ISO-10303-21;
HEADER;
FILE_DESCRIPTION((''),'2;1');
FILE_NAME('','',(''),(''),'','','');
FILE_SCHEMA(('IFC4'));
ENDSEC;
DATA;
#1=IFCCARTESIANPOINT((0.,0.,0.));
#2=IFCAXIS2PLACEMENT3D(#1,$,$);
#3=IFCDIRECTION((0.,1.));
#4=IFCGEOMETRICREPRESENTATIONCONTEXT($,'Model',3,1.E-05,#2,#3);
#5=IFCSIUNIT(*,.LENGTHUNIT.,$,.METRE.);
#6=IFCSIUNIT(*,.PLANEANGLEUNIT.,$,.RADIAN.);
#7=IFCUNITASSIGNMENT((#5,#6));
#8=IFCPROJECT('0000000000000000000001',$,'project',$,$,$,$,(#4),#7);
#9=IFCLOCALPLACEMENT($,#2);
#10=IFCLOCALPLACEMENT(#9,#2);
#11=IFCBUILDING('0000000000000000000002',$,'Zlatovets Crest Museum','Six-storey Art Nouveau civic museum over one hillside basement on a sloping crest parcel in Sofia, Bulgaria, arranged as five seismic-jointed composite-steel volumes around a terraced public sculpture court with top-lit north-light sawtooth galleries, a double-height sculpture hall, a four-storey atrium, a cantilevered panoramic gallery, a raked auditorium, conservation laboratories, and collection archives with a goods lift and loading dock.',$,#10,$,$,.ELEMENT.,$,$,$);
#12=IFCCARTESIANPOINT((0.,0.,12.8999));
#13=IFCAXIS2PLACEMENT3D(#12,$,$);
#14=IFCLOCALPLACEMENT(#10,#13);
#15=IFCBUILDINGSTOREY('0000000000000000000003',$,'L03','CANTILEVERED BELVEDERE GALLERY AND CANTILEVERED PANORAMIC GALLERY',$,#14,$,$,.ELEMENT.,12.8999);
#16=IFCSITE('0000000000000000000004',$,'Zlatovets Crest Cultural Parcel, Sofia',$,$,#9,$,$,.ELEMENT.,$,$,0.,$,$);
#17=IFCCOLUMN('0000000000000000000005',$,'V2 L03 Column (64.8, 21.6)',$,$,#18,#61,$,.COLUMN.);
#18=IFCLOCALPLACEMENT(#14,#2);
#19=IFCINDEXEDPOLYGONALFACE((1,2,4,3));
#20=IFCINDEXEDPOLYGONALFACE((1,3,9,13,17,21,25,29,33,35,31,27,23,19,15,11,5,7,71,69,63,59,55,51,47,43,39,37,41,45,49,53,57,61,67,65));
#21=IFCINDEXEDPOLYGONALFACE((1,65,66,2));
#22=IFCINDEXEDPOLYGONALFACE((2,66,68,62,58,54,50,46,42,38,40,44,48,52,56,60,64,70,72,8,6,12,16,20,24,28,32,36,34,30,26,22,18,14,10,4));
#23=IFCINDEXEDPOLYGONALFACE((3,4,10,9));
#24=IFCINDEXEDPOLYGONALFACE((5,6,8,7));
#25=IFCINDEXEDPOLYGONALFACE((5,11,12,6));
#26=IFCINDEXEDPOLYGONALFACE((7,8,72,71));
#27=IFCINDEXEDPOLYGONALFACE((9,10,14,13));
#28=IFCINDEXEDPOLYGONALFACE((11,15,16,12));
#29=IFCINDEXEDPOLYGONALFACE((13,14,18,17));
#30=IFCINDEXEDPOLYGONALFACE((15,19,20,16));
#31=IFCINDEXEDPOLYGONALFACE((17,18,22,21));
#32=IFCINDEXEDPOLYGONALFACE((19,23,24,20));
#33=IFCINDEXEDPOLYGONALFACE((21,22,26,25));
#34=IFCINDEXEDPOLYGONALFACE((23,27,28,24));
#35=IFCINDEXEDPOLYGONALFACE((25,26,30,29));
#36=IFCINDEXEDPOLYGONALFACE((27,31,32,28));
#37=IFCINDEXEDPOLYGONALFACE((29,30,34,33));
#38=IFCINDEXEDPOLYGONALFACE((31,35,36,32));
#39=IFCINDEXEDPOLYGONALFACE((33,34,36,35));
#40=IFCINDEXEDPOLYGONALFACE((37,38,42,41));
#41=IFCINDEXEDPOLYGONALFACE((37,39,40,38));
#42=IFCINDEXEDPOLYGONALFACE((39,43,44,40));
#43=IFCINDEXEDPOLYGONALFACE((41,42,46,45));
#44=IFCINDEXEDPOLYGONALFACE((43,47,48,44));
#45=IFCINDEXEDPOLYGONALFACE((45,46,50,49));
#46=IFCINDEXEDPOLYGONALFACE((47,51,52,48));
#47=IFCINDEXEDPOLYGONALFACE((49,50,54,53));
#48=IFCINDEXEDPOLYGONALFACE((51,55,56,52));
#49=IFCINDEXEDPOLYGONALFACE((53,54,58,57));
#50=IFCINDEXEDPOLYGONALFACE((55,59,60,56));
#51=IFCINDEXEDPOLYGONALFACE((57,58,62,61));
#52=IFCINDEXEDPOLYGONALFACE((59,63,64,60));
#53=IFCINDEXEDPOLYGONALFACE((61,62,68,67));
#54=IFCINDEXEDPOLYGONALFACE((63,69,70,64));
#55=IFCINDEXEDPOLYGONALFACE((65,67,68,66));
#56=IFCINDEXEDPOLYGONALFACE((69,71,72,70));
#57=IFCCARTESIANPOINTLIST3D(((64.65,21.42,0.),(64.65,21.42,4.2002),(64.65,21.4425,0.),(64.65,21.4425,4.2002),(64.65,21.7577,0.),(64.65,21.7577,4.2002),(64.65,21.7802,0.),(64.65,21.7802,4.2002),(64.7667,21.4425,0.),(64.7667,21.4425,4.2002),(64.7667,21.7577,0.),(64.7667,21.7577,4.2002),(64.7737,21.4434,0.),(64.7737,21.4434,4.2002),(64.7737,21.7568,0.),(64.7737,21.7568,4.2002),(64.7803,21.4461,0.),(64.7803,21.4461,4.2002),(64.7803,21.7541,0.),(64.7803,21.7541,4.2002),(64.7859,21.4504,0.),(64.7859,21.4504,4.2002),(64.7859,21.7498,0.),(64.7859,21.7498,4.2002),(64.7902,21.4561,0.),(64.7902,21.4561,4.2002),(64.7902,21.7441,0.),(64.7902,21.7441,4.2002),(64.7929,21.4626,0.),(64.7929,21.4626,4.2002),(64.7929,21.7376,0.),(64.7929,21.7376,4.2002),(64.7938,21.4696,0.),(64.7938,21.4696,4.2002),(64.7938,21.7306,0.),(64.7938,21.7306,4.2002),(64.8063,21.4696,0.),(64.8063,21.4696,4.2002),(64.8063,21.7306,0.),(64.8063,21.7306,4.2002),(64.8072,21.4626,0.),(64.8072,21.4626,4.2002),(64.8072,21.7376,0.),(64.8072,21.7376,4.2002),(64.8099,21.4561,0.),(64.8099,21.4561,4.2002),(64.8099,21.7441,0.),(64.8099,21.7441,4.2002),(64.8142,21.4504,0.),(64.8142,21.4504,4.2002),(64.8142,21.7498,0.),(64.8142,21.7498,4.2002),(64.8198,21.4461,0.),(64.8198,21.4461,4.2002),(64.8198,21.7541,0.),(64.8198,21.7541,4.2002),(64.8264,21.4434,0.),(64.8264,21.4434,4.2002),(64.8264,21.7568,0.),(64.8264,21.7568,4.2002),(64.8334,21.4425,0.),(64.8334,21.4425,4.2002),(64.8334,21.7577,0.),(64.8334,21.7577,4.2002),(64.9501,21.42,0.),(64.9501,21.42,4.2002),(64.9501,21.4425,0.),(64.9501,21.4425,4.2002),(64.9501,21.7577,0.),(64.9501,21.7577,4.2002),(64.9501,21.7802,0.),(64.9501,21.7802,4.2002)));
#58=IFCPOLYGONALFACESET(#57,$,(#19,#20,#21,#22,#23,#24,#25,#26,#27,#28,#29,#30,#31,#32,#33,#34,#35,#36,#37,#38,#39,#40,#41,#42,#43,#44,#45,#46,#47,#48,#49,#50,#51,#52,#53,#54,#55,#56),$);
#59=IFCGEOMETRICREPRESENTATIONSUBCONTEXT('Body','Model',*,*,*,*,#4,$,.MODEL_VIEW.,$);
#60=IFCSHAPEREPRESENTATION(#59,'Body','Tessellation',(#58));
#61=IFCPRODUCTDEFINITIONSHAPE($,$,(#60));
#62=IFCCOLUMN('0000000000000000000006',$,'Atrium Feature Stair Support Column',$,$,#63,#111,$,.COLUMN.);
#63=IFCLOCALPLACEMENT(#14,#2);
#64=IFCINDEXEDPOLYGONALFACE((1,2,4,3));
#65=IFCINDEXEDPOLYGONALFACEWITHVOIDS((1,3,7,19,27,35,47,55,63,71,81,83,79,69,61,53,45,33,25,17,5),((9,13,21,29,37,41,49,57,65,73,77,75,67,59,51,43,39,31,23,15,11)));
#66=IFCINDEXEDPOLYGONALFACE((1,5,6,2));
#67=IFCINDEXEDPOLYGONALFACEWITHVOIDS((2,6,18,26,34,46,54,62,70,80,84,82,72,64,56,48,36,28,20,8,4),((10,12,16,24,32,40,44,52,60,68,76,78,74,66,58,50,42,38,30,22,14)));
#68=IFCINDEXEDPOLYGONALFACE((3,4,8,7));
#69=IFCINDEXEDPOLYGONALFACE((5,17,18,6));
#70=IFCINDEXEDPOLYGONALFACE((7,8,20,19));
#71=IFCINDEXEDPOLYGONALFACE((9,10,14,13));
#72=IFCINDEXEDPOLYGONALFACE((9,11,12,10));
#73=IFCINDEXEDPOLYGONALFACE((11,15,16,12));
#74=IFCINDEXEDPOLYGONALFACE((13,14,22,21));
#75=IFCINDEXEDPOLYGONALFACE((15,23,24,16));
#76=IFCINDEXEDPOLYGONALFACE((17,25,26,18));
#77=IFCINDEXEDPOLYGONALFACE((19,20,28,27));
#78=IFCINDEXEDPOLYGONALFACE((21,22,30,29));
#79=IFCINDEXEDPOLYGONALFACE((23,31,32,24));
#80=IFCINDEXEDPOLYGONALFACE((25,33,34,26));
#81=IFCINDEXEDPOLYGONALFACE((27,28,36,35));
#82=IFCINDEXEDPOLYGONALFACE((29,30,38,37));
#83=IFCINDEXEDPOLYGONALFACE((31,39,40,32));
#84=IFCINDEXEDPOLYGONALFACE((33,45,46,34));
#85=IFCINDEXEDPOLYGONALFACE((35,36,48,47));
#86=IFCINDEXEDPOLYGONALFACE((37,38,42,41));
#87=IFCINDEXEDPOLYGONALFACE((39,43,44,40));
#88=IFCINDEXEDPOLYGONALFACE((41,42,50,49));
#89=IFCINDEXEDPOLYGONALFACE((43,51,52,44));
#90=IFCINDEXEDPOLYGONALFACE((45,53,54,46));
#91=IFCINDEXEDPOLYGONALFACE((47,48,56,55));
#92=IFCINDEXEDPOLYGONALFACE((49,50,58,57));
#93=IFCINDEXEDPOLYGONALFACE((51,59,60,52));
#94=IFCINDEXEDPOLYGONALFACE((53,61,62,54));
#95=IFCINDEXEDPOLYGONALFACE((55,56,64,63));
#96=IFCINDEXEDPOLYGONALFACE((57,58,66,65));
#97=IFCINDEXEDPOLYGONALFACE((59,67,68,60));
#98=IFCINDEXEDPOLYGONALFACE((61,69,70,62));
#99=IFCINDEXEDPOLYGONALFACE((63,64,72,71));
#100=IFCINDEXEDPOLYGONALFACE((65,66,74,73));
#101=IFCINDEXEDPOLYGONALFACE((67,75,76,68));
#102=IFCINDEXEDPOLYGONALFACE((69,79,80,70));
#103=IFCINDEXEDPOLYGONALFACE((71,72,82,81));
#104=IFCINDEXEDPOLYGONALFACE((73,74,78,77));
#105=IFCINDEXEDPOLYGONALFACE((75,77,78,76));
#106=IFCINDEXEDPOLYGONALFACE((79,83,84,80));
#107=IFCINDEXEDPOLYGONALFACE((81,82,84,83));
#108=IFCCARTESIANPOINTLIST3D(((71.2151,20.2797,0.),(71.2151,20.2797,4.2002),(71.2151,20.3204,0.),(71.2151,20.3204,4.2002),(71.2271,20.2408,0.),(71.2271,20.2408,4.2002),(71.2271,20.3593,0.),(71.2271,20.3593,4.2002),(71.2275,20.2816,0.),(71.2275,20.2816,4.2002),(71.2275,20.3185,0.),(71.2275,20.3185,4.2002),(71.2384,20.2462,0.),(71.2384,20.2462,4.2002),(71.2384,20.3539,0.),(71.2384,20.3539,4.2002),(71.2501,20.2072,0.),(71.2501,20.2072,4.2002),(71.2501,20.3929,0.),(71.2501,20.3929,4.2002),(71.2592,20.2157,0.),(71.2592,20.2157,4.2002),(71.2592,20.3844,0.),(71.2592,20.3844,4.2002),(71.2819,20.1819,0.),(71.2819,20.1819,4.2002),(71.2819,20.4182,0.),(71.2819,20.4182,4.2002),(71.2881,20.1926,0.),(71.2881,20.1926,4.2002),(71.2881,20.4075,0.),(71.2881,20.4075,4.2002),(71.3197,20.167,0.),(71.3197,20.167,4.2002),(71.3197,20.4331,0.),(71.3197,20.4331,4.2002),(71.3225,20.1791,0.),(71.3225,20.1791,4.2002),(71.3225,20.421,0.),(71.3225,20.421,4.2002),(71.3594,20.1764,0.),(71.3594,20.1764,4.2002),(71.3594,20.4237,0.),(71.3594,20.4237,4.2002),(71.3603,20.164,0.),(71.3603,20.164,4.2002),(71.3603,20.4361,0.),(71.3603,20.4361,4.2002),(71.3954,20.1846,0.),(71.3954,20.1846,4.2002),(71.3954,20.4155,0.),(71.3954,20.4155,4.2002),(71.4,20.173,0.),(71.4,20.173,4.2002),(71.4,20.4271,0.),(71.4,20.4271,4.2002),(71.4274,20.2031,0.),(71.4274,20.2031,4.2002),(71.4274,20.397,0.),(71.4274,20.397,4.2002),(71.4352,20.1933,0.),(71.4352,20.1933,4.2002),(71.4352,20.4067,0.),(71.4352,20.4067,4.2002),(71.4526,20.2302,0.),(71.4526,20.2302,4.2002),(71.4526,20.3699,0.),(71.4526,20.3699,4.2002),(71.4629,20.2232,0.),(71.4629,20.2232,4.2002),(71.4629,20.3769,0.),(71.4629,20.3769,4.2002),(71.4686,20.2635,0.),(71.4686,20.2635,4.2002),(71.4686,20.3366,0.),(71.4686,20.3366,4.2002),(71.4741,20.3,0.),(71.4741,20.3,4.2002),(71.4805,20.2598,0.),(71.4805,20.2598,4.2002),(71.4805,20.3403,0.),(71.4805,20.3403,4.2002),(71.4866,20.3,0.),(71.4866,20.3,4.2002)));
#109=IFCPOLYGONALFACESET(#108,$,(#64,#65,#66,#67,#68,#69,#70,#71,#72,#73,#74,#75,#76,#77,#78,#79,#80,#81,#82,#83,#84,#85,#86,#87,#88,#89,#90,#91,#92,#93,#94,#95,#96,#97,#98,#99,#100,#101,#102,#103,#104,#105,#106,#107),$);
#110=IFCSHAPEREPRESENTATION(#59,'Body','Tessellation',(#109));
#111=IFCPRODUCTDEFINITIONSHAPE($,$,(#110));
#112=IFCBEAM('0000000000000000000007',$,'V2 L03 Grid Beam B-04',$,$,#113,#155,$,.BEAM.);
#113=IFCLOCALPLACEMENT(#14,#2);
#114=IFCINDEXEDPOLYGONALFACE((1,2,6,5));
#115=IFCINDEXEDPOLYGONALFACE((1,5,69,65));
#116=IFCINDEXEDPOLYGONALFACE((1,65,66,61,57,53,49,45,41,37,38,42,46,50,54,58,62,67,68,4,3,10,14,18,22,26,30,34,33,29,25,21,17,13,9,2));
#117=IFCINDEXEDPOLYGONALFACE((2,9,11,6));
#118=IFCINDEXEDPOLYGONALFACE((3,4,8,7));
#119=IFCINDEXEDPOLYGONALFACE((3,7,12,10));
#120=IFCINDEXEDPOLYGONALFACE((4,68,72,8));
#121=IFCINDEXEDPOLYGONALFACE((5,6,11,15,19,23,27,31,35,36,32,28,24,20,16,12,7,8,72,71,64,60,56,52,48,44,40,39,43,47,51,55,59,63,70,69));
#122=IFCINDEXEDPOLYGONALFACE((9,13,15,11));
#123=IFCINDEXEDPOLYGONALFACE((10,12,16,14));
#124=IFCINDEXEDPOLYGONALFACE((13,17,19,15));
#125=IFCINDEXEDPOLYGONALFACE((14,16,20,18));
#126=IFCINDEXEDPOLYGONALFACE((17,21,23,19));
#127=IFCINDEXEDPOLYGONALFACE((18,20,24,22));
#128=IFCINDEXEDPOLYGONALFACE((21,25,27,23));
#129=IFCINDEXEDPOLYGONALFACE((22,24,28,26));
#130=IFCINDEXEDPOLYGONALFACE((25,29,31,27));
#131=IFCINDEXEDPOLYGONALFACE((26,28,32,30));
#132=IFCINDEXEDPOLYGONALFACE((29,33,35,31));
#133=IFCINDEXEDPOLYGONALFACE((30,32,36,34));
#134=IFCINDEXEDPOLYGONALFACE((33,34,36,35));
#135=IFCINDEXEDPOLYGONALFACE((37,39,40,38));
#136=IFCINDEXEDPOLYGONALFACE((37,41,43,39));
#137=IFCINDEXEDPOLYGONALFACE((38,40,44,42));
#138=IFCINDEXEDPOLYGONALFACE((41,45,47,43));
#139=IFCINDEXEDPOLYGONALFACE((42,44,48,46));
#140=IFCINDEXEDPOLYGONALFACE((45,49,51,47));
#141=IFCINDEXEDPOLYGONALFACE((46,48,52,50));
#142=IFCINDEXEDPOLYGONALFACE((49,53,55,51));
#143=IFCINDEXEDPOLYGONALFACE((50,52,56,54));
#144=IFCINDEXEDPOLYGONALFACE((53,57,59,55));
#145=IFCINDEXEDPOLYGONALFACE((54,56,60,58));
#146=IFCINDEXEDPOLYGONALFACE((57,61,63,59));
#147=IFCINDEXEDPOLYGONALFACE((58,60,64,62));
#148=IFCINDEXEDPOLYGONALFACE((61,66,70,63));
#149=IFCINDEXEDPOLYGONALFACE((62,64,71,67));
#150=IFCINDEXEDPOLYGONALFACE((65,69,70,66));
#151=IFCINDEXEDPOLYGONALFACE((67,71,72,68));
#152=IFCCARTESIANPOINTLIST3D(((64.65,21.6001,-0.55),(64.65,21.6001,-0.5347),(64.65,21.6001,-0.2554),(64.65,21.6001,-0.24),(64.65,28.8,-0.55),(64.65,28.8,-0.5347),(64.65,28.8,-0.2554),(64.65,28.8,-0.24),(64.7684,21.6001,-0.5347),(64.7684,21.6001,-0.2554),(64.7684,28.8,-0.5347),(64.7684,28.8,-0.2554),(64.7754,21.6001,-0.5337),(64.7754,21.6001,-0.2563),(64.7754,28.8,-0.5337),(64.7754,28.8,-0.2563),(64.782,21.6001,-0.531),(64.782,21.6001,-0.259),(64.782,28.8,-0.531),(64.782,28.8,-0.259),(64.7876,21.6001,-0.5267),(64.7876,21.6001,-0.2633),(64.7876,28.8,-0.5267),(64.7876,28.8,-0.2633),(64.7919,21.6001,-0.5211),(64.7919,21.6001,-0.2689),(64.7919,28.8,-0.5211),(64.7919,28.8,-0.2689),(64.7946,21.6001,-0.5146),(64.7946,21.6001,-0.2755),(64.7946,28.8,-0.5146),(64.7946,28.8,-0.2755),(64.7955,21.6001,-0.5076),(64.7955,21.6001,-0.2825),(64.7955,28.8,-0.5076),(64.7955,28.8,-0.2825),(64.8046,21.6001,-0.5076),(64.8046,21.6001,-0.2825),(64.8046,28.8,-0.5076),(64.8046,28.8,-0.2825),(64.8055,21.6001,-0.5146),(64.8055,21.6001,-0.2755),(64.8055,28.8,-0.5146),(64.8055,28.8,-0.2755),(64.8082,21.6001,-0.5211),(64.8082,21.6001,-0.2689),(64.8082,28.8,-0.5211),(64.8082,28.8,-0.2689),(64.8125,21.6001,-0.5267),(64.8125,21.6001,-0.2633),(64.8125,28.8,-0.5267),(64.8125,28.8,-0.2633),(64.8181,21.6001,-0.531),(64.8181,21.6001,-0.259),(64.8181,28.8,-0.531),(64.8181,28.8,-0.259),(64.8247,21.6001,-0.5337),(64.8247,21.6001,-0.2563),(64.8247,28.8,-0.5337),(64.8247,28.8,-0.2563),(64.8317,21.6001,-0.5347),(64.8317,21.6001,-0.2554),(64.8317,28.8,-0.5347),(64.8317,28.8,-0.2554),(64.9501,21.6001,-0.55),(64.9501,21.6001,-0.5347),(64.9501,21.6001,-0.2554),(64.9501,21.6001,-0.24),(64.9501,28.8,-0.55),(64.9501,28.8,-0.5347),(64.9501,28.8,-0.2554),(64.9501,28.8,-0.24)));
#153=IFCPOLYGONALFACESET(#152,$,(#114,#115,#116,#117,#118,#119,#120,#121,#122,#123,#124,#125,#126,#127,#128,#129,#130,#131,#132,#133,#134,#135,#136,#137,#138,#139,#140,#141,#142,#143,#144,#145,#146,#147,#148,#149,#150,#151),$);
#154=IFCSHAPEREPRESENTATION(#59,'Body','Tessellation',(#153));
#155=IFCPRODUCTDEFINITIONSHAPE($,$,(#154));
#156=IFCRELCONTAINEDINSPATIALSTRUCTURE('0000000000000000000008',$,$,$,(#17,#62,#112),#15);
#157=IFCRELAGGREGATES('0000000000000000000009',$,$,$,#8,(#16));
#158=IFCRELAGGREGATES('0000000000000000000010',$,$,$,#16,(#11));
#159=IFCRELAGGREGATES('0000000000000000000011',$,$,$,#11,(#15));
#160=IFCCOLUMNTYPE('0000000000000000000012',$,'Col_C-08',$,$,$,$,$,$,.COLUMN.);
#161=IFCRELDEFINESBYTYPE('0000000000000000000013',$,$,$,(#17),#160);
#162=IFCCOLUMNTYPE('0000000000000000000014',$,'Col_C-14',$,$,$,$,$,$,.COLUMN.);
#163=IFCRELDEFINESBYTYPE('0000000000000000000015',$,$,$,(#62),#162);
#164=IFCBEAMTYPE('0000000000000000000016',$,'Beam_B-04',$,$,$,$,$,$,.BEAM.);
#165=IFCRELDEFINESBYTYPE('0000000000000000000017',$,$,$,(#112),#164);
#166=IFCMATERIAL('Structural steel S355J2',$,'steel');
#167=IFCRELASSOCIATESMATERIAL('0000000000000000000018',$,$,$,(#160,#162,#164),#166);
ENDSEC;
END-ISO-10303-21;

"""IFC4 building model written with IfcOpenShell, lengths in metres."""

from ifc_helpers import new_model, si_unit, direction, frame, origin, origin_2d, place, context, subcontext, project, spatial, hollow_circle, i_section, extrude, material, material_profile, profile_set, type_object, element, save


model = new_model("IFC4")

# Units and contexts
model_context = context("Model", 3, precision=1e-05, world=origin(), true_north=direction((0.0, 1.0)))
body_context = subcontext(model_context, "Body", "Model", "MODEL_VIEW")
ifc_project = project(units=[si_unit("LENGTHUNIT", "METRE"), si_unit("PLANEANGLEUNIT", "RADIAN")], contexts=[model_context])

# Site, building, storey
site_placement = place(None, origin())
site = spatial("IfcSite", under=ifc_project, at=site_placement, Name="Zlatovets Crest Cultural Parcel, Sofia", CompositionType="ELEMENT", RefElevation=0.0)
building_placement = place(site_placement, origin())
building = spatial("IfcBuilding", under=site, at=building_placement, Name="Zlatovets Crest Museum", Description="Six-storey Art Nouveau civic museum over one hillside basement on a sloping crest parcel in Sofia, Bulgaria, arranged as five seismic-jointed composite-steel volumes around a terraced public sculpture court with top-lit north-light sawtooth galleries, a double-height sculpture hall, a four-storey atrium, a cantilevered panoramic gallery, a raked auditorium, conservation laboratories, and collection archives with a goods lift and loading dock.", CompositionType="ELEMENT")
storey_placement = place(building_placement, frame((0.0, 0.0, 12.8999)))
storey = spatial("IfcBuildingStorey", under=building, at=storey_placement, Name="L03", Description="CANTILEVERED BELVEDERE GALLERY AND CANTILEVERED PANORAMIC GALLERY", CompositionType="ELEMENT", Elevation=12.8999)

# Columns
ifc_material_1 = material(Name="Structural steel S355J2", Category="steel")
ifc_material_profile_1 = material_profile(ifc_material_1, i_section(OverallWidth=0.3, OverallDepth=0.3601, WebThickness=0.0125, FlangeThickness=0.0225, FilletRadius=0.0271, at=origin_2d()), Name="HEB 360")
ifc_profile_set_1 = profile_set([ifc_material_profile_1], Name="Structural steel S355J2")
column_type_1 = type_object("IfcColumnType", Name="Col_C-08", PredefinedType="COLUMN", material=ifc_profile_set_1)
column_1_placement = place(storey_placement, frame((64.8, 21.6001, 0.0), z_axis=(0.0, 0.0, 1.0), x_axis=(1.0, 0.0, 0.0)))
element("IfcColumn", 1, at=column_1_placement, inside=storey, type_object=column_type_1, Name="V2 L03 Column (64.8, 21.6)", PredefinedType="COLUMN", context=body_context, shape_type="SweptSolid", body=[
    extrude(i_section(OverallWidth=0.3, OverallDepth=0.3601, WebThickness=0.0125, FlangeThickness=0.0225, FilletRadius=0.0271, at=origin_2d()), origin(), (0.0, 0.0, 1.0), 4.2002),
])
ifc_material_profile_2 = material_profile(ifc_material_1, hollow_circle(Radius=0.1365, WallThickness=0.0125, at=origin_2d()), Name="CHS 273.0x12.5")
ifc_profile_set_2 = profile_set([ifc_material_profile_2], Name="Structural steel S355J2")
column_type_2 = type_object("IfcColumnType", Name="Col_C-14", PredefinedType="COLUMN", material=ifc_profile_set_2)
column_2_placement = place(storey_placement, frame((71.3501, 20.3, 0.0), z_axis=(0.0, 0.0, 1.0), x_axis=(1.0, 0.0, 0.0)))
element("IfcColumn", 2, at=column_2_placement, inside=storey, type_object=column_type_2, Name="Atrium Feature Stair Support Column", PredefinedType="COLUMN", context=body_context, shape_type="SweptSolid", body=[
    extrude(hollow_circle(Radius=0.1365, WallThickness=0.0125, at=origin_2d()), origin(), (0.0, 0.0, 1.0), 4.2002),
])

# Beam
ifc_material_profile_3 = material_profile(ifc_material_1, i_section(OverallWidth=0.3, OverallDepth=0.3101, WebThickness=0.009, FlangeThickness=0.0154, FilletRadius=0.0271, at=origin_2d()), Name="HEA 320")
ifc_profile_set_3 = profile_set([ifc_material_profile_3], Name="Structural steel S355J2")
beam_type_1 = type_object("IfcBeamType", Name="Beam_B-04", PredefinedType="BEAM", material=ifc_profile_set_3)
beam_1_placement = place(storey_placement, frame((64.8, 21.6001, -0.395), z_axis=(0.0, 1.0, 0.0), x_axis=(-1.0, 0.0, 0.0)))
element("IfcBeam", 3, at=beam_1_placement, inside=storey, type_object=beam_type_1, Name="V2 L03 Grid Beam B-04", PredefinedType="BEAM", context=body_context, shape_type="SweptSolid", body=[
    extrude(i_section(OverallWidth=0.3, OverallDepth=0.3101, WebThickness=0.009, FlangeThickness=0.0154, FilletRadius=0.0271, at=origin_2d()), origin(), (0.0, 0.0, 1.0), 7.2),
])

save(model, "model.ifc")
